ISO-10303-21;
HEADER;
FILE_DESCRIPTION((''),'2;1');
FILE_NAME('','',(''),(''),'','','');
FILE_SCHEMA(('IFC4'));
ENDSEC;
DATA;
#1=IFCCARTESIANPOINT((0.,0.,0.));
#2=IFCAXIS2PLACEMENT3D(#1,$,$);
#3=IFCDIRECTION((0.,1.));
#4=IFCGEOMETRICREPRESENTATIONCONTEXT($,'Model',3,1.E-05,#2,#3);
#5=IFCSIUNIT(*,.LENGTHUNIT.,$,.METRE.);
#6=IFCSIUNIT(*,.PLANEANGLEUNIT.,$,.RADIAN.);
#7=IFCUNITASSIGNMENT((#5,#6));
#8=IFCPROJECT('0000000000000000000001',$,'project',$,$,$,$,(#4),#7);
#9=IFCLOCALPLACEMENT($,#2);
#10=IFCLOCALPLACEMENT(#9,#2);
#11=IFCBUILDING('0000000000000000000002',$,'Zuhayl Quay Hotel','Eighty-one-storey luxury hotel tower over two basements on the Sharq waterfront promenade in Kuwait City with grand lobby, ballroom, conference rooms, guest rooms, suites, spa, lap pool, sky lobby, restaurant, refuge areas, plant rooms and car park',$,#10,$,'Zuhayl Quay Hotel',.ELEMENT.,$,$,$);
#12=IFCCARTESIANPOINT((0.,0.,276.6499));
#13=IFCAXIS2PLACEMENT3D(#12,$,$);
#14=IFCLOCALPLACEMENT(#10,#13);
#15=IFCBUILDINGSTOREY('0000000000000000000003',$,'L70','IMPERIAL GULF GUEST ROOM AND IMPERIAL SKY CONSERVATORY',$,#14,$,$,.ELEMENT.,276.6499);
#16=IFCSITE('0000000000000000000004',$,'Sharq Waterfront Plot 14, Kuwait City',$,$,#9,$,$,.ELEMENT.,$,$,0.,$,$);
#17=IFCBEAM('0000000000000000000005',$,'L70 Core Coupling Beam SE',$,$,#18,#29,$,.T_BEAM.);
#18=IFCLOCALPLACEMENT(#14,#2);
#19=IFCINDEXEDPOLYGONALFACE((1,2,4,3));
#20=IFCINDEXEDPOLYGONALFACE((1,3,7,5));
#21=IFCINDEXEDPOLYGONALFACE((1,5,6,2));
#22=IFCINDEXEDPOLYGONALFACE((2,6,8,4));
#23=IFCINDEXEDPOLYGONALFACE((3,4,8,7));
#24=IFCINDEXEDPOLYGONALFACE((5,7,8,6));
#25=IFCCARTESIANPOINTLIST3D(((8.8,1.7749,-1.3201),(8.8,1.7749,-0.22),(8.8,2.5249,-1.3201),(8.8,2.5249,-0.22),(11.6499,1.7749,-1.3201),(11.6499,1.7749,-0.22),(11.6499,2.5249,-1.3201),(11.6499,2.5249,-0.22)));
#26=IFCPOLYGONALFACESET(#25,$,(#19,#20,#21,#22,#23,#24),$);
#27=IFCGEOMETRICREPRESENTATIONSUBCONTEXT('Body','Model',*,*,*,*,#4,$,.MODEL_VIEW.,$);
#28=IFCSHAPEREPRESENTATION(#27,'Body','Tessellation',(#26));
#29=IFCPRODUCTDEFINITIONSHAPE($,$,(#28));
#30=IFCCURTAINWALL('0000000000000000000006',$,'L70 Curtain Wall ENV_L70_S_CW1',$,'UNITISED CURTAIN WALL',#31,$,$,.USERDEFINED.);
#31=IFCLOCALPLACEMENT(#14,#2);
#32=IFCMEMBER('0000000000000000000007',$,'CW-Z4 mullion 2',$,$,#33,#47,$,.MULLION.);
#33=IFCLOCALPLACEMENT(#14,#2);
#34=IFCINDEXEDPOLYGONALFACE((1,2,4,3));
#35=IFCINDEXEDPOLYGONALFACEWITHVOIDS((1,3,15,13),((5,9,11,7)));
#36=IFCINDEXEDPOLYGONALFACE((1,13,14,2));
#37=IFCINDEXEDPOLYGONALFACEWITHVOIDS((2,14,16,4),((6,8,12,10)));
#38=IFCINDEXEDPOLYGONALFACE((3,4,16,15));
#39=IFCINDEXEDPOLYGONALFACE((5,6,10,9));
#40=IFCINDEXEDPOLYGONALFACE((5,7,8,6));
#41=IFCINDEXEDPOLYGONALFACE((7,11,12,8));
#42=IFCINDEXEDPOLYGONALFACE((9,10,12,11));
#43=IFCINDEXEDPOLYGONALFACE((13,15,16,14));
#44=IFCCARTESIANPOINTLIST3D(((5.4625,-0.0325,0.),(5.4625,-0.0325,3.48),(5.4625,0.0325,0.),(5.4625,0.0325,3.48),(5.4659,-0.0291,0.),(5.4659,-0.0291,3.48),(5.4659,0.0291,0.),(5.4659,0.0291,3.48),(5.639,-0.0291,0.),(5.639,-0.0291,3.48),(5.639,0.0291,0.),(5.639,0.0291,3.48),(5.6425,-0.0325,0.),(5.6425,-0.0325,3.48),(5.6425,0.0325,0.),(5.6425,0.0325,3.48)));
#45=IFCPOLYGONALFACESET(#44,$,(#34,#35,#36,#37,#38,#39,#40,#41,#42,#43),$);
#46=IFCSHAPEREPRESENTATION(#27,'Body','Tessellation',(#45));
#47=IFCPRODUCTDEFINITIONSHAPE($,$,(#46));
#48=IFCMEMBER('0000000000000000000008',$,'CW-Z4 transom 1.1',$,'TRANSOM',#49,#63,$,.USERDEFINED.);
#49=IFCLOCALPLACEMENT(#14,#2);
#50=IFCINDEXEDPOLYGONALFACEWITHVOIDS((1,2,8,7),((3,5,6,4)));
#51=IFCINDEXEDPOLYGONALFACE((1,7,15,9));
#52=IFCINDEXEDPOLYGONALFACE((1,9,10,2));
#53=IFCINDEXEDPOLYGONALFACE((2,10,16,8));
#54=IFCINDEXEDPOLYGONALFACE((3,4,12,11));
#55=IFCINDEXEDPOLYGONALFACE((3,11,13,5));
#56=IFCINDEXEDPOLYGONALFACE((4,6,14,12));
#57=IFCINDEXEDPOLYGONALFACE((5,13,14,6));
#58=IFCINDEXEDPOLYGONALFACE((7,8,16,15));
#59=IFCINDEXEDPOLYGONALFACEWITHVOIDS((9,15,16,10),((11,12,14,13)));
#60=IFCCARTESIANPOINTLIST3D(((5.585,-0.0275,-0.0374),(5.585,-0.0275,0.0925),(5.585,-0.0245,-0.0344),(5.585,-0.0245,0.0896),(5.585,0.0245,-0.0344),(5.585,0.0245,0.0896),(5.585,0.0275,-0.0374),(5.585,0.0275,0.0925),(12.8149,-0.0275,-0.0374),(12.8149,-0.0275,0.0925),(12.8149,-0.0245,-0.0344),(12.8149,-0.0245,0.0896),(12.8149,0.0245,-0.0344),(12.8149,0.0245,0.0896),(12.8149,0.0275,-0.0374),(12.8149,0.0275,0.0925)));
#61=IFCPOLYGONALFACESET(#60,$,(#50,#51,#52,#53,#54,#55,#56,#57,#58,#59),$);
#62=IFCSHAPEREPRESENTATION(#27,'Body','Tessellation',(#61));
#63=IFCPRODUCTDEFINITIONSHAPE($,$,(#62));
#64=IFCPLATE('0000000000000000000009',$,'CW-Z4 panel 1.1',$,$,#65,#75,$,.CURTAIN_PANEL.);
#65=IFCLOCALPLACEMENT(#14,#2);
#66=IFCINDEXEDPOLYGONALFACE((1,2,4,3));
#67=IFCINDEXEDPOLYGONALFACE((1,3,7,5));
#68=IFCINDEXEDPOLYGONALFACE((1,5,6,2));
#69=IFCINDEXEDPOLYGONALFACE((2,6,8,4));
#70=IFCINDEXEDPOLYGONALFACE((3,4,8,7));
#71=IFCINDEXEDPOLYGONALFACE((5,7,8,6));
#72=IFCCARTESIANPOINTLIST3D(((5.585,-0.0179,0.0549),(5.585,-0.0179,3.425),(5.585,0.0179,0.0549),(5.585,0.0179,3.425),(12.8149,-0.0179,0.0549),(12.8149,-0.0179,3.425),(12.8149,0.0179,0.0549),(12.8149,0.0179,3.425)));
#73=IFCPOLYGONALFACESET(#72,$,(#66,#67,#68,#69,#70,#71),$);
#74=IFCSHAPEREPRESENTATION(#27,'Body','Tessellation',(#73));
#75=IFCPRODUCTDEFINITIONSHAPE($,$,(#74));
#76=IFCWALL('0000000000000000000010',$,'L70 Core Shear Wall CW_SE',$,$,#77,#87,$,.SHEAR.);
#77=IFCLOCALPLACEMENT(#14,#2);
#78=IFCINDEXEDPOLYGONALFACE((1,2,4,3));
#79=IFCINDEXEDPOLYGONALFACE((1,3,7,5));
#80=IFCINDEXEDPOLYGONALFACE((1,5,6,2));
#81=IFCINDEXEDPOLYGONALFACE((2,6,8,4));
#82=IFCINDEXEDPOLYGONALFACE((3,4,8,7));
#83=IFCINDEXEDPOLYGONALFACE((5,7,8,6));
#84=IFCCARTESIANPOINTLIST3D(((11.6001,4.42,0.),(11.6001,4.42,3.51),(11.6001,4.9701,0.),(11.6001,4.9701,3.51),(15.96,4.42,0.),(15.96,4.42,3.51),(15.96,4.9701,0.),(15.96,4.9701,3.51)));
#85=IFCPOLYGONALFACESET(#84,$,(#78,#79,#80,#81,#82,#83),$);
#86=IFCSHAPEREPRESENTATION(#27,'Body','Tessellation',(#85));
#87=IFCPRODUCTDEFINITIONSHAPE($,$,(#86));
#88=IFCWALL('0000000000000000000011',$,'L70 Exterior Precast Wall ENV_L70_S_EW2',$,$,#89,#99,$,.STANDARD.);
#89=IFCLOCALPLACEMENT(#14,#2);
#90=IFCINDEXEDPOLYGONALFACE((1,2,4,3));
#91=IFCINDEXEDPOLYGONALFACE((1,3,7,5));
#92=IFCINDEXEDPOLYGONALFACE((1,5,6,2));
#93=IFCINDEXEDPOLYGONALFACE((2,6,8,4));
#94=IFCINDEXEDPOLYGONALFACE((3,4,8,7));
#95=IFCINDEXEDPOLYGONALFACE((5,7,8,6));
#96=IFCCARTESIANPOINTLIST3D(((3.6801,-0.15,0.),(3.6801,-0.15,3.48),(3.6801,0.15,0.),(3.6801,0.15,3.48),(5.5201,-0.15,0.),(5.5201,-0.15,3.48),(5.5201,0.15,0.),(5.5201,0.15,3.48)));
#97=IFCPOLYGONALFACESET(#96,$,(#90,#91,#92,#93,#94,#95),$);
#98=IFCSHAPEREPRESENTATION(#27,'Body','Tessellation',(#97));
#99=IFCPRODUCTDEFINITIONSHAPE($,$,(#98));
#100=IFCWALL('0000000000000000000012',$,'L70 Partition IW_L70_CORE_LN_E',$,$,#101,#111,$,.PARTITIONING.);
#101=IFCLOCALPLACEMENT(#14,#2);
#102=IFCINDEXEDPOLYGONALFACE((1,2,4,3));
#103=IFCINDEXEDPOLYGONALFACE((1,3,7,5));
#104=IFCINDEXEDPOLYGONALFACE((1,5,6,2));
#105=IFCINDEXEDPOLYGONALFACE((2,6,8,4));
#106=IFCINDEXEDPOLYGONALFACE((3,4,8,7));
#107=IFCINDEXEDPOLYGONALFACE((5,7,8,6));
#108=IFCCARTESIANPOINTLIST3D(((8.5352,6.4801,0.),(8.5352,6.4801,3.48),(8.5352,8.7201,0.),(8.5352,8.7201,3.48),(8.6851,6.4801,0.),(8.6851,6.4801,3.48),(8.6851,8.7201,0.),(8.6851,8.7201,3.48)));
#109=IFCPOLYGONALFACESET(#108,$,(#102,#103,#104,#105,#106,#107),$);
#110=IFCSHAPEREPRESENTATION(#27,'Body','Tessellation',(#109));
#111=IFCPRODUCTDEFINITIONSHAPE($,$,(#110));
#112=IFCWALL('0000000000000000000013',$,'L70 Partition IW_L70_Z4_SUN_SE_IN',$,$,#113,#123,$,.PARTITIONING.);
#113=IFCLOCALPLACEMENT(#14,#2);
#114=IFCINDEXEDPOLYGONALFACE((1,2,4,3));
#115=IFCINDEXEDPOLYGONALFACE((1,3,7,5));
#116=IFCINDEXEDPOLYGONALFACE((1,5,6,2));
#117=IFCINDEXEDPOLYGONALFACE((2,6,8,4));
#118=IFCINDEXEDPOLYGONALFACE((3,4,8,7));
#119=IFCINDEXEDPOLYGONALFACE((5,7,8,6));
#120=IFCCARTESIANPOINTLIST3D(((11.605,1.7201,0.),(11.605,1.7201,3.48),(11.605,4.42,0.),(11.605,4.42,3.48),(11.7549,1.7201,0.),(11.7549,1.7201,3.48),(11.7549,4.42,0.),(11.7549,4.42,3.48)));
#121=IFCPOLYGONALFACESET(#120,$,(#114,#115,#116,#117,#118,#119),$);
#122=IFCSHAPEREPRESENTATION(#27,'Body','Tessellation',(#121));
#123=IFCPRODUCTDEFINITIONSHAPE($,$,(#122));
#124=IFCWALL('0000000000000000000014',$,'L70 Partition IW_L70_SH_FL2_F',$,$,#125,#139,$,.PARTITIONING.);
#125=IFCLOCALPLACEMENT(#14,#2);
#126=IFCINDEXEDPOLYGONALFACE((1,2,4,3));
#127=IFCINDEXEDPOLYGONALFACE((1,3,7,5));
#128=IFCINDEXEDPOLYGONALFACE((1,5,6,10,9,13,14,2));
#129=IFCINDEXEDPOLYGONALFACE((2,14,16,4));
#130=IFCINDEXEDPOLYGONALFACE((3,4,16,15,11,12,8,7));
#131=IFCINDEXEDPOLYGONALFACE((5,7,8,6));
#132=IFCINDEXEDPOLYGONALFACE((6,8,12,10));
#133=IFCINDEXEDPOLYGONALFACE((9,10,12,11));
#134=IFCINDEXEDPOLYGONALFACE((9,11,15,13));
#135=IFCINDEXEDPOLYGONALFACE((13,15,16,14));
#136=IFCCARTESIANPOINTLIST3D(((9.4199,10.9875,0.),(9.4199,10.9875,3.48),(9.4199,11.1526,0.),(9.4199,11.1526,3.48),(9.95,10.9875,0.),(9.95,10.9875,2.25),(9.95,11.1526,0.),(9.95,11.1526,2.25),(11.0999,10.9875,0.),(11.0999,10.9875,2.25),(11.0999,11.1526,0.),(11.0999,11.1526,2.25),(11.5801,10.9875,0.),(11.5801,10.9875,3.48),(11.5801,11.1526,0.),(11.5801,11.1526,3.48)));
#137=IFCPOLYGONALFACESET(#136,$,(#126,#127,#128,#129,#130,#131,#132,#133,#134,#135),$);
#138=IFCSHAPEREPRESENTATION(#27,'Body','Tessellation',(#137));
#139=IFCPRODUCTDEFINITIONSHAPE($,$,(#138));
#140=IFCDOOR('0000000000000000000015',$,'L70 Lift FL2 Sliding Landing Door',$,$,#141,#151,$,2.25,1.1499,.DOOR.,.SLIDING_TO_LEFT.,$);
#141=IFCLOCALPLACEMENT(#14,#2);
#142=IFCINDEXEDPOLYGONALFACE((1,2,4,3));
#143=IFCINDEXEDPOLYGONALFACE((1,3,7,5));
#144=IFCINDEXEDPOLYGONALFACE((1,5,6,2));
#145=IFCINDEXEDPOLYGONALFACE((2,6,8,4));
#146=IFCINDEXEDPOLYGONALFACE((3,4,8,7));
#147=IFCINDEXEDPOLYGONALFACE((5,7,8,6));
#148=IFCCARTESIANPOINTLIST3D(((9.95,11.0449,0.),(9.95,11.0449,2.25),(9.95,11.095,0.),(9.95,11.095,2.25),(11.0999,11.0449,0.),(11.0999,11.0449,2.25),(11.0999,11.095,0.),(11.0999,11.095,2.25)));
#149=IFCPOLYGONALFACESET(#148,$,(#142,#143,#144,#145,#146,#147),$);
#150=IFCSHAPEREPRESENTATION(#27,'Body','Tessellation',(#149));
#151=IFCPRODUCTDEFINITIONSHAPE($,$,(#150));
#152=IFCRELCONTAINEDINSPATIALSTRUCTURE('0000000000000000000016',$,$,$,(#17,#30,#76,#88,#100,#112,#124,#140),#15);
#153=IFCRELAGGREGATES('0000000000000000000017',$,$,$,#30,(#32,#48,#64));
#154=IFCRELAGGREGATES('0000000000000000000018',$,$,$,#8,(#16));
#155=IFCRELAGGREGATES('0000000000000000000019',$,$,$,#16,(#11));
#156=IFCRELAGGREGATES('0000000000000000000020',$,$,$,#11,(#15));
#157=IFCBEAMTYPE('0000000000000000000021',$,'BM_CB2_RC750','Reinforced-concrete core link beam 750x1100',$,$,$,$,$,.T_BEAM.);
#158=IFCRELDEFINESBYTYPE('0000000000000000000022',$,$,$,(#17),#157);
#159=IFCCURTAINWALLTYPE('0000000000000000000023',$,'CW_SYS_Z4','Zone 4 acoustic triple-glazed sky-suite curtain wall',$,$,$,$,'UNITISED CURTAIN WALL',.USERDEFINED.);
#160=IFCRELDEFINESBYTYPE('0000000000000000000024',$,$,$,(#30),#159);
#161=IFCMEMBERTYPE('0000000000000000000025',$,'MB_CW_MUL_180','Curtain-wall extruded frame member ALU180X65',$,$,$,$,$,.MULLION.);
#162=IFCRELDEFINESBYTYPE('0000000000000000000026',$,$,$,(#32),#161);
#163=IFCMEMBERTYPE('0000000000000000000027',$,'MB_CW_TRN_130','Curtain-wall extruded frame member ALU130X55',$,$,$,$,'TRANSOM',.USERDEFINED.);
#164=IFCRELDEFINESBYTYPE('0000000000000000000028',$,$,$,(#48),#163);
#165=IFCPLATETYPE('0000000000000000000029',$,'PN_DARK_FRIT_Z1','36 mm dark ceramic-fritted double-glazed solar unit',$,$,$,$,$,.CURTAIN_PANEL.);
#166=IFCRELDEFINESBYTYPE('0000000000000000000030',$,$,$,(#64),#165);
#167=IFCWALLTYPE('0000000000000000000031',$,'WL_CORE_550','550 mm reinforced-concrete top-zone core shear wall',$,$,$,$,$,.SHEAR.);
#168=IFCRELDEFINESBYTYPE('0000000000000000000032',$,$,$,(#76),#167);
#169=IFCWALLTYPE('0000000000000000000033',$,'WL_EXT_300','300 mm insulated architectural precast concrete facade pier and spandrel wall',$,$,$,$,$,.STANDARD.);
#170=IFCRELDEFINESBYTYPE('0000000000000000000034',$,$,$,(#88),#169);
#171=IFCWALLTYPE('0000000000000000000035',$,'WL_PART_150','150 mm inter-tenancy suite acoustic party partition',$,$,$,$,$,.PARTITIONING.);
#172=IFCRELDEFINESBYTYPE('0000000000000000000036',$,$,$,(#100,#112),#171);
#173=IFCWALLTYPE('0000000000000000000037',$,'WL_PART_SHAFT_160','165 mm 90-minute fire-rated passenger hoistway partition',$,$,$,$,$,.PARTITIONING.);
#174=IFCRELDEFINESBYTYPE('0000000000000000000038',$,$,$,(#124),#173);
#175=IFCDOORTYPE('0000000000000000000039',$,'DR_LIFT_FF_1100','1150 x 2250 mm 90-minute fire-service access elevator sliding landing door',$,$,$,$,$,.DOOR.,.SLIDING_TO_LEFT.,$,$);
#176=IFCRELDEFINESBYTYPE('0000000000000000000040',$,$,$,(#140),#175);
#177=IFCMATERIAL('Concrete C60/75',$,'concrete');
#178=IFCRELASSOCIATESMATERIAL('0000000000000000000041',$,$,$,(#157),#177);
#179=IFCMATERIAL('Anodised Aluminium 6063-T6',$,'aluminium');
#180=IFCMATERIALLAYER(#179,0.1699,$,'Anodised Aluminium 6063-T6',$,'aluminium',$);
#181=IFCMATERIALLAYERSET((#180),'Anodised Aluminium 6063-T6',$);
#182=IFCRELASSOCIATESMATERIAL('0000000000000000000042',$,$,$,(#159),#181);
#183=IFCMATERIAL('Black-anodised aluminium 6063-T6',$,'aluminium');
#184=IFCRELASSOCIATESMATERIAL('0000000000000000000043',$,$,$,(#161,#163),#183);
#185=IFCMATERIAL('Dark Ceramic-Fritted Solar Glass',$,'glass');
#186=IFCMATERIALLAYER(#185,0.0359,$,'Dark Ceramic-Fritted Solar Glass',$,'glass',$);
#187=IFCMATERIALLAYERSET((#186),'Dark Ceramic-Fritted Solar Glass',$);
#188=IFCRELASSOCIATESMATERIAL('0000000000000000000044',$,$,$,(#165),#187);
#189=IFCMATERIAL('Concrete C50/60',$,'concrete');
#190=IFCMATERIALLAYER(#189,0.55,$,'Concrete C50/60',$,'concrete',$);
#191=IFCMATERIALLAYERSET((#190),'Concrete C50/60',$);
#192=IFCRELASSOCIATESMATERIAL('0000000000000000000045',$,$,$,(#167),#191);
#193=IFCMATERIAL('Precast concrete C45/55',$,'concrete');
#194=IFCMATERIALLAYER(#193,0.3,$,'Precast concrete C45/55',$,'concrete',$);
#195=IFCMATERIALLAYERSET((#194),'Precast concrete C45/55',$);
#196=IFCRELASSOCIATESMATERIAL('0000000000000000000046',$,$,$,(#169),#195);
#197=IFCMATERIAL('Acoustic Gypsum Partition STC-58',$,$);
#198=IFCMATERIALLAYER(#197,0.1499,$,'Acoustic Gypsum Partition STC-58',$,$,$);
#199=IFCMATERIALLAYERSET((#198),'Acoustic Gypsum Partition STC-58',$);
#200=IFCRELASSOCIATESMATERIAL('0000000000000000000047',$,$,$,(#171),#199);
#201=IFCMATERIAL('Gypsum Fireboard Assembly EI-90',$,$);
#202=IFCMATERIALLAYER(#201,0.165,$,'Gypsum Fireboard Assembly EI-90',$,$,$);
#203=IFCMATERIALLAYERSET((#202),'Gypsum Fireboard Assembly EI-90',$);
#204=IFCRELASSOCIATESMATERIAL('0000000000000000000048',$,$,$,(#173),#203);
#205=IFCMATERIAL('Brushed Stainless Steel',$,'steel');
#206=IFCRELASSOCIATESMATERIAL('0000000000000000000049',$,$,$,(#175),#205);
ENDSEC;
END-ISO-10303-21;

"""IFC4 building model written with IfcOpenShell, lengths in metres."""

from ifc_helpers import new_model, si_unit, direction, frame, frame_2d, origin, origin_2d, place, context, subcontext, project, spatial, rectangle, hollow_rectangle, extrude, material, layer, layer_set, material_profile, profile_set, type_object, element, fill, aggregate, save


model = new_model("IFC4")

# Units and contexts
model_context = context("Model", 3, precision=1e-05, world=origin(), true_north=direction((0.0, 1.0)))
body_context = subcontext(model_context, "Body", "Model", "MODEL_VIEW")
ifc_project = project(units=[si_unit("LENGTHUNIT", "METRE"), si_unit("PLANEANGLEUNIT", "RADIAN")], contexts=[model_context])

# Site, building, storey
site_placement = place(None, origin())
site = spatial("IfcSite", under=ifc_project, at=site_placement, Name="Sharq Waterfront Plot 14, Kuwait City", CompositionType="ELEMENT", RefElevation=0.0)
building_placement = place(site_placement, origin())
building = spatial("IfcBuilding", under=site, at=building_placement, Name="Zuhayl Quay Hotel", Description="Eighty-one-storey luxury hotel tower over two basements on the Sharq waterfront promenade in Kuwait City with grand lobby, ballroom, conference rooms, guest rooms, suites, spa, lap pool, sky lobby, restaurant, refuge areas, plant rooms and car park", LongName="Zuhayl Quay Hotel", CompositionType="ELEMENT")
storey_placement = place(building_placement, frame((0.0, 0.0, 276.6499)))
storey = spatial("IfcBuildingStorey", under=building, at=storey_placement, Name="L70", Description="IMPERIAL GULF GUEST ROOM AND IMPERIAL SKY CONSERVATORY", CompositionType="ELEMENT", Elevation=276.6499)

# Beam
ifc_material_1 = material(Name="Concrete C60/75", Category="concrete")
ifc_material_profile_1 = material_profile(ifc_material_1, rectangle(XDim=0.75, YDim=1.1001, at=origin_2d()), Name="RC750X1100")
ifc_profile_set_1 = profile_set([ifc_material_profile_1], Name="Concrete C60/75")
beam_type = type_object("IfcBeamType", Name="BM_CB2_RC750", Description="Reinforced-concrete core link beam 750x1100", PredefinedType="T_BEAM", material=ifc_profile_set_1)
beam_placement = place(storey_placement, frame((8.8, 2.1499, -0.77), z_axis=(1.0, 0.0, 0.0), x_axis=(0.0, 1.0, 0.0)))
element("IfcBeam", 1, at=beam_placement, inside=storey, type_object=beam_type, Name="L70 Core Coupling Beam SE", PredefinedType="T_BEAM", context=body_context, shape_type="SweptSolid", body=[
    extrude(rectangle(XDim=0.75, YDim=1.1001, at=origin_2d()), origin(), (0.0, 0.0, 1.0), 2.8499),
])

# Curtain wall, members, plate
ifc_material_2 = material(Name="Anodised Aluminium 6063-T6", Category="aluminium")
ifc_layer_1 = layer(ifc_material_2, 0.1699, Name="Anodised Aluminium 6063-T6", Category="aluminium")
ifc_layer_set_1 = layer_set([ifc_layer_1], Name="Anodised Aluminium 6063-T6")
curtain_wall_type = type_object("IfcCurtainWallType", Name="CW_SYS_Z4", Description="Zone 4 acoustic triple-glazed sky-suite curtain wall", ElementType="UNITISED CURTAIN WALL", PredefinedType="USERDEFINED", material=ifc_layer_set_1)
curtain_wall_placement = place(storey_placement, origin())
curtain_wall = element("IfcCurtainWall", 2, at=curtain_wall_placement, inside=storey, type_object=curtain_wall_type, Name="L70 Curtain Wall ENV_L70_S_CW1", ObjectType="UNITISED CURTAIN WALL", PredefinedType="USERDEFINED")
ifc_material_3 = material(Name="Black-anodised aluminium 6063-T6", Category="aluminium")
ifc_material_profile_2 = material_profile(ifc_material_3, hollow_rectangle(XDim=0.0649, YDim=0.1799, WallThickness=0.0034, at=origin_2d()), Name="ALU180X65")
ifc_profile_set_2 = profile_set([ifc_material_profile_2], Name="Black-anodised aluminium 6063-T6")
member_type_1 = type_object("IfcMemberType", Name="MB_CW_MUL_180", Description="Curtain-wall extruded frame member ALU180X65", PredefinedType="MULLION", material=ifc_profile_set_2)
member_1_placement = place(storey_placement, frame((5.5525, 0.0, 0.0), z_axis=(0.0, 0.0, 1.0), x_axis=(0.0, -1.0, 0.0)))
member_1 = element("IfcMember", 3, at=member_1_placement, type_object=member_type_1, Name="CW-Z4 mullion 2", PredefinedType="MULLION", context=body_context, shape_type="SweptSolid", body=[
    extrude(hollow_rectangle(XDim=0.0649, YDim=0.1799, WallThickness=0.0034, at=origin_2d()), origin(), (0.0, 0.0, 1.0), 3.48),
])
ifc_material_profile_3 = material_profile(ifc_material_3, hollow_rectangle(XDim=0.0549, YDim=0.1299, WallThickness=0.0029, at=origin_2d()), Name="ALU130X55")
ifc_profile_set_3 = profile_set([ifc_material_profile_3], Name="Black-anodised aluminium 6063-T6")
member_type_2 = type_object("IfcMemberType", Name="MB_CW_TRN_130", Description="Curtain-wall extruded frame member ALU130X55", ElementType="TRANSOM", PredefinedType="USERDEFINED", material=ifc_profile_set_3)
member_2_placement = place(storey_placement, frame((12.8149, 0.0, 0.0276), z_axis=(-1.0, 0.0, 0.0), x_axis=(0.0, -1.0, 0.0)))
member_2 = element("IfcMember", 4, at=member_2_placement, type_object=member_type_2, Name="CW-Z4 transom 1.1", ObjectType="TRANSOM", PredefinedType="USERDEFINED", context=body_context, shape_type="SweptSolid", body=[
    extrude(hollow_rectangle(XDim=0.0549, YDim=0.1299, WallThickness=0.0029, at=origin_2d()), origin(), (0.0, 0.0, 1.0), 7.23),
])
ifc_material_4 = material(Name="Dark Ceramic-Fritted Solar Glass", Category="glass")
ifc_layer_2 = layer(ifc_material_4, 0.0359, Name="Dark Ceramic-Fritted Solar Glass", Category="glass")
ifc_layer_set_2 = layer_set([ifc_layer_2], Name="Dark Ceramic-Fritted Solar Glass")
plate_type = type_object("IfcPlateType", Name="PN_DARK_FRIT_Z1", Description="36 mm dark ceramic-fritted double-glazed solar unit", PredefinedType="CURTAIN_PANEL", material=ifc_layer_set_2)
plate_placement = place(storey_placement, frame((9.2, 0.0, 0.0549), z_axis=(0.0, 0.0, 1.0), x_axis=(-1.0, 0.0, 0.0)))
plate = element("IfcPlate", 5, at=plate_placement, type_object=plate_type, Name="CW-Z4 panel 1.1", PredefinedType="CURTAIN_PANEL", context=body_context, shape_type="SweptSolid", body=[
    extrude(rectangle(XDim=7.23, YDim=0.0359, at=origin_2d()), origin(), (0.0, 0.0, 1.0), 3.3701),
])
aggregate(curtain_wall, [member_1, member_2, plate])

# Walls
ifc_material_5 = material(Name="Concrete C50/60", Category="concrete")
ifc_layer_3 = layer(ifc_material_5, 0.55, Name="Concrete C50/60", Category="concrete")
ifc_layer_set_3 = layer_set([ifc_layer_3], Name="Concrete C50/60")
wall_type_1 = type_object("IfcWallType", Name="WL_CORE_550", Description="550 mm reinforced-concrete top-zone core shear wall", PredefinedType="SHEAR", material=ifc_layer_set_3)
wall_1_placement = place(storey_placement, frame((11.6001, 4.6951, 0.0), z_axis=(0.0, 0.0, 1.0), x_axis=(1.0, 0.0, 0.0)))
element("IfcWall", 6, at=wall_1_placement, inside=storey, type_object=wall_type_1, Name="L70 Core Shear Wall CW_SE", PredefinedType="SHEAR", context=body_context, shape_type="SweptSolid", body=[
    extrude(rectangle(XDim=4.3599, YDim=0.55, at=frame_2d((2.1799, 0.0))), origin(), (0.0, 0.0, 1.0), 3.51),
])
ifc_material_6 = material(Name="Precast concrete C45/55", Category="concrete")
ifc_layer_4 = layer(ifc_material_6, 0.3, Name="Precast concrete C45/55", Category="concrete")
ifc_layer_set_4 = layer_set([ifc_layer_4], Name="Precast concrete C45/55")
wall_type_2 = type_object("IfcWallType", Name="WL_EXT_300", Description="300 mm insulated architectural precast concrete facade pier and spandrel wall", PredefinedType="STANDARD", material=ifc_layer_set_4)
wall_2_placement = place(storey_placement, frame((5.52, 0.0, 0.0), z_axis=(0.0, 0.0, 1.0), x_axis=(-1.0, 0.0, 0.0)))
element("IfcWall", 7, at=wall_2_placement, inside=storey, type_object=wall_type_2, Name="L70 Exterior Precast Wall ENV_L70_S_EW2", PredefinedType="STANDARD", context=body_context, shape_type="SweptSolid", body=[
    extrude(rectangle(XDim=1.8401, YDim=0.3, at=frame_2d((0.9199, 0.0))), origin(), (0.0, 0.0, 1.0), 3.48),
])
ifc_material_7 = material(Name="Acoustic Gypsum Partition STC-58")
ifc_layer_5 = layer(ifc_material_7, 0.1499, Name="Acoustic Gypsum Partition STC-58")
ifc_layer_set_5 = layer_set([ifc_layer_5], Name="Acoustic Gypsum Partition STC-58")
wall_type_3 = type_object("IfcWallType", Name="WL_PART_150", Description="150 mm inter-tenancy suite acoustic party partition", PredefinedType="PARTITIONING", material=ifc_layer_set_5)
wall_3_placement = place(storey_placement, frame((8.6101, 6.48, 0.0), z_axis=(0.0, 0.0, 1.0), x_axis=(0.0, 1.0, 0.0)))
element("IfcWall", 8, at=wall_3_placement, inside=storey, type_object=wall_type_3, Name="L70 Partition IW_L70_CORE_LN_E", PredefinedType="PARTITIONING", context=body_context, shape_type="SweptSolid", body=[
    extrude(rectangle(XDim=2.24, YDim=0.1499, at=frame_2d((1.1201, 0.0))), origin(), (0.0, 0.0, 1.0), 3.48),
])
wall_4_placement = place(storey_placement, frame((11.6799, 1.72, 0.0), z_axis=(0.0, 0.0, 1.0), x_axis=(0.0, 1.0, 0.0)))
element("IfcWall", 9, at=wall_4_placement, inside=storey, type_object=wall_type_3, Name="L70 Partition IW_L70_Z4_SUN_SE_IN", PredefinedType="PARTITIONING", context=body_context, shape_type="SweptSolid", body=[
    extrude(rectangle(XDim=2.7, YDim=0.1499, at=frame_2d((1.3501, 0.0))), origin(), (0.0, 0.0, 1.0), 3.48),
])

# Wall, opening, door
ifc_material_8 = material(Name="Gypsum Fireboard Assembly EI-90")
ifc_layer_6 = layer(ifc_material_8, 0.165, Name="Gypsum Fireboard Assembly EI-90")
ifc_layer_set_6 = layer_set([ifc_layer_6], Name="Gypsum Fireboard Assembly EI-90")
wall_type_4 = type_object("IfcWallType", Name="WL_PART_SHAFT_160", Description="165 mm 90-minute fire-rated passenger hoistway partition", PredefinedType="PARTITIONING", material=ifc_layer_set_6)
wall_5_placement = place(storey_placement, frame((9.4199, 11.0701, 0.0), z_axis=(0.0, 0.0, 1.0), x_axis=(1.0, 0.0, 0.0)))
wall_5 = element("IfcWall", 10, at=wall_5_placement, inside=storey, type_object=wall_type_4, Name="L70 Partition IW_L70_SH_FL2_F", PredefinedType="PARTITIONING", context=body_context, shape_type="SweptSolid", body=[
    extrude(rectangle(XDim=2.1602, YDim=0.165, at=frame_2d((1.0801, 0.0))), origin(), (0.0, 0.0, 1.0), 3.48),
])
opening_1_placement = place(wall_5_placement, frame((0.53, 0.0, 0.0)))
opening_1 = element("IfcOpeningElement", 11, at=opening_1_placement, cuts=wall_5, PredefinedType="OPENING", context=body_context, shape_type="SweptSolid", body=[
    extrude(rectangle(XDim=1.1499, YDim=2.25, at=frame_2d((0.575, 1.125))), frame((0.0, 0.0925, 0.0), z_axis=(0.0, -1.0, 0.0), x_axis=(1.0, 0.0, 0.0)), (0.0, 0.0, 1.0), 0.1851),
])
ifc_material_9 = material(Name="Brushed Stainless Steel", Category="steel")
door_type_1 = type_object("IfcDoorType", Name="DR_LIFT_FF_1100", Description="1150 x 2250 mm 90-minute fire-service access elevator sliding landing door", OperationType="SLIDING_TO_LEFT", PredefinedType="DOOR", material=ifc_material_9)
door_1_placement = place(opening_1_placement, origin())
door_1 = element("IfcDoor", 12, at=door_1_placement, inside=storey, type_object=door_type_1, Name="L70 Lift FL2 Sliding Landing Door", OperationType="SLIDING_TO_LEFT", OverallHeight=2.25, OverallWidth=1.1499, PredefinedType="DOOR", context=body_context, shape_type="SweptSolid", body=[
    extrude(rectangle(XDim=1.1499, YDim=2.25, at=frame_2d((0.575, 1.125))), frame((0.0, 0.0249, 0.0), z_axis=(0.0, -1.0, 0.0), x_axis=(1.0, 0.0, 0.0)), (0.0, 0.0, 1.0), 0.05),
])
fill(opening_1, door_1)

save(model, "model.ifc")
